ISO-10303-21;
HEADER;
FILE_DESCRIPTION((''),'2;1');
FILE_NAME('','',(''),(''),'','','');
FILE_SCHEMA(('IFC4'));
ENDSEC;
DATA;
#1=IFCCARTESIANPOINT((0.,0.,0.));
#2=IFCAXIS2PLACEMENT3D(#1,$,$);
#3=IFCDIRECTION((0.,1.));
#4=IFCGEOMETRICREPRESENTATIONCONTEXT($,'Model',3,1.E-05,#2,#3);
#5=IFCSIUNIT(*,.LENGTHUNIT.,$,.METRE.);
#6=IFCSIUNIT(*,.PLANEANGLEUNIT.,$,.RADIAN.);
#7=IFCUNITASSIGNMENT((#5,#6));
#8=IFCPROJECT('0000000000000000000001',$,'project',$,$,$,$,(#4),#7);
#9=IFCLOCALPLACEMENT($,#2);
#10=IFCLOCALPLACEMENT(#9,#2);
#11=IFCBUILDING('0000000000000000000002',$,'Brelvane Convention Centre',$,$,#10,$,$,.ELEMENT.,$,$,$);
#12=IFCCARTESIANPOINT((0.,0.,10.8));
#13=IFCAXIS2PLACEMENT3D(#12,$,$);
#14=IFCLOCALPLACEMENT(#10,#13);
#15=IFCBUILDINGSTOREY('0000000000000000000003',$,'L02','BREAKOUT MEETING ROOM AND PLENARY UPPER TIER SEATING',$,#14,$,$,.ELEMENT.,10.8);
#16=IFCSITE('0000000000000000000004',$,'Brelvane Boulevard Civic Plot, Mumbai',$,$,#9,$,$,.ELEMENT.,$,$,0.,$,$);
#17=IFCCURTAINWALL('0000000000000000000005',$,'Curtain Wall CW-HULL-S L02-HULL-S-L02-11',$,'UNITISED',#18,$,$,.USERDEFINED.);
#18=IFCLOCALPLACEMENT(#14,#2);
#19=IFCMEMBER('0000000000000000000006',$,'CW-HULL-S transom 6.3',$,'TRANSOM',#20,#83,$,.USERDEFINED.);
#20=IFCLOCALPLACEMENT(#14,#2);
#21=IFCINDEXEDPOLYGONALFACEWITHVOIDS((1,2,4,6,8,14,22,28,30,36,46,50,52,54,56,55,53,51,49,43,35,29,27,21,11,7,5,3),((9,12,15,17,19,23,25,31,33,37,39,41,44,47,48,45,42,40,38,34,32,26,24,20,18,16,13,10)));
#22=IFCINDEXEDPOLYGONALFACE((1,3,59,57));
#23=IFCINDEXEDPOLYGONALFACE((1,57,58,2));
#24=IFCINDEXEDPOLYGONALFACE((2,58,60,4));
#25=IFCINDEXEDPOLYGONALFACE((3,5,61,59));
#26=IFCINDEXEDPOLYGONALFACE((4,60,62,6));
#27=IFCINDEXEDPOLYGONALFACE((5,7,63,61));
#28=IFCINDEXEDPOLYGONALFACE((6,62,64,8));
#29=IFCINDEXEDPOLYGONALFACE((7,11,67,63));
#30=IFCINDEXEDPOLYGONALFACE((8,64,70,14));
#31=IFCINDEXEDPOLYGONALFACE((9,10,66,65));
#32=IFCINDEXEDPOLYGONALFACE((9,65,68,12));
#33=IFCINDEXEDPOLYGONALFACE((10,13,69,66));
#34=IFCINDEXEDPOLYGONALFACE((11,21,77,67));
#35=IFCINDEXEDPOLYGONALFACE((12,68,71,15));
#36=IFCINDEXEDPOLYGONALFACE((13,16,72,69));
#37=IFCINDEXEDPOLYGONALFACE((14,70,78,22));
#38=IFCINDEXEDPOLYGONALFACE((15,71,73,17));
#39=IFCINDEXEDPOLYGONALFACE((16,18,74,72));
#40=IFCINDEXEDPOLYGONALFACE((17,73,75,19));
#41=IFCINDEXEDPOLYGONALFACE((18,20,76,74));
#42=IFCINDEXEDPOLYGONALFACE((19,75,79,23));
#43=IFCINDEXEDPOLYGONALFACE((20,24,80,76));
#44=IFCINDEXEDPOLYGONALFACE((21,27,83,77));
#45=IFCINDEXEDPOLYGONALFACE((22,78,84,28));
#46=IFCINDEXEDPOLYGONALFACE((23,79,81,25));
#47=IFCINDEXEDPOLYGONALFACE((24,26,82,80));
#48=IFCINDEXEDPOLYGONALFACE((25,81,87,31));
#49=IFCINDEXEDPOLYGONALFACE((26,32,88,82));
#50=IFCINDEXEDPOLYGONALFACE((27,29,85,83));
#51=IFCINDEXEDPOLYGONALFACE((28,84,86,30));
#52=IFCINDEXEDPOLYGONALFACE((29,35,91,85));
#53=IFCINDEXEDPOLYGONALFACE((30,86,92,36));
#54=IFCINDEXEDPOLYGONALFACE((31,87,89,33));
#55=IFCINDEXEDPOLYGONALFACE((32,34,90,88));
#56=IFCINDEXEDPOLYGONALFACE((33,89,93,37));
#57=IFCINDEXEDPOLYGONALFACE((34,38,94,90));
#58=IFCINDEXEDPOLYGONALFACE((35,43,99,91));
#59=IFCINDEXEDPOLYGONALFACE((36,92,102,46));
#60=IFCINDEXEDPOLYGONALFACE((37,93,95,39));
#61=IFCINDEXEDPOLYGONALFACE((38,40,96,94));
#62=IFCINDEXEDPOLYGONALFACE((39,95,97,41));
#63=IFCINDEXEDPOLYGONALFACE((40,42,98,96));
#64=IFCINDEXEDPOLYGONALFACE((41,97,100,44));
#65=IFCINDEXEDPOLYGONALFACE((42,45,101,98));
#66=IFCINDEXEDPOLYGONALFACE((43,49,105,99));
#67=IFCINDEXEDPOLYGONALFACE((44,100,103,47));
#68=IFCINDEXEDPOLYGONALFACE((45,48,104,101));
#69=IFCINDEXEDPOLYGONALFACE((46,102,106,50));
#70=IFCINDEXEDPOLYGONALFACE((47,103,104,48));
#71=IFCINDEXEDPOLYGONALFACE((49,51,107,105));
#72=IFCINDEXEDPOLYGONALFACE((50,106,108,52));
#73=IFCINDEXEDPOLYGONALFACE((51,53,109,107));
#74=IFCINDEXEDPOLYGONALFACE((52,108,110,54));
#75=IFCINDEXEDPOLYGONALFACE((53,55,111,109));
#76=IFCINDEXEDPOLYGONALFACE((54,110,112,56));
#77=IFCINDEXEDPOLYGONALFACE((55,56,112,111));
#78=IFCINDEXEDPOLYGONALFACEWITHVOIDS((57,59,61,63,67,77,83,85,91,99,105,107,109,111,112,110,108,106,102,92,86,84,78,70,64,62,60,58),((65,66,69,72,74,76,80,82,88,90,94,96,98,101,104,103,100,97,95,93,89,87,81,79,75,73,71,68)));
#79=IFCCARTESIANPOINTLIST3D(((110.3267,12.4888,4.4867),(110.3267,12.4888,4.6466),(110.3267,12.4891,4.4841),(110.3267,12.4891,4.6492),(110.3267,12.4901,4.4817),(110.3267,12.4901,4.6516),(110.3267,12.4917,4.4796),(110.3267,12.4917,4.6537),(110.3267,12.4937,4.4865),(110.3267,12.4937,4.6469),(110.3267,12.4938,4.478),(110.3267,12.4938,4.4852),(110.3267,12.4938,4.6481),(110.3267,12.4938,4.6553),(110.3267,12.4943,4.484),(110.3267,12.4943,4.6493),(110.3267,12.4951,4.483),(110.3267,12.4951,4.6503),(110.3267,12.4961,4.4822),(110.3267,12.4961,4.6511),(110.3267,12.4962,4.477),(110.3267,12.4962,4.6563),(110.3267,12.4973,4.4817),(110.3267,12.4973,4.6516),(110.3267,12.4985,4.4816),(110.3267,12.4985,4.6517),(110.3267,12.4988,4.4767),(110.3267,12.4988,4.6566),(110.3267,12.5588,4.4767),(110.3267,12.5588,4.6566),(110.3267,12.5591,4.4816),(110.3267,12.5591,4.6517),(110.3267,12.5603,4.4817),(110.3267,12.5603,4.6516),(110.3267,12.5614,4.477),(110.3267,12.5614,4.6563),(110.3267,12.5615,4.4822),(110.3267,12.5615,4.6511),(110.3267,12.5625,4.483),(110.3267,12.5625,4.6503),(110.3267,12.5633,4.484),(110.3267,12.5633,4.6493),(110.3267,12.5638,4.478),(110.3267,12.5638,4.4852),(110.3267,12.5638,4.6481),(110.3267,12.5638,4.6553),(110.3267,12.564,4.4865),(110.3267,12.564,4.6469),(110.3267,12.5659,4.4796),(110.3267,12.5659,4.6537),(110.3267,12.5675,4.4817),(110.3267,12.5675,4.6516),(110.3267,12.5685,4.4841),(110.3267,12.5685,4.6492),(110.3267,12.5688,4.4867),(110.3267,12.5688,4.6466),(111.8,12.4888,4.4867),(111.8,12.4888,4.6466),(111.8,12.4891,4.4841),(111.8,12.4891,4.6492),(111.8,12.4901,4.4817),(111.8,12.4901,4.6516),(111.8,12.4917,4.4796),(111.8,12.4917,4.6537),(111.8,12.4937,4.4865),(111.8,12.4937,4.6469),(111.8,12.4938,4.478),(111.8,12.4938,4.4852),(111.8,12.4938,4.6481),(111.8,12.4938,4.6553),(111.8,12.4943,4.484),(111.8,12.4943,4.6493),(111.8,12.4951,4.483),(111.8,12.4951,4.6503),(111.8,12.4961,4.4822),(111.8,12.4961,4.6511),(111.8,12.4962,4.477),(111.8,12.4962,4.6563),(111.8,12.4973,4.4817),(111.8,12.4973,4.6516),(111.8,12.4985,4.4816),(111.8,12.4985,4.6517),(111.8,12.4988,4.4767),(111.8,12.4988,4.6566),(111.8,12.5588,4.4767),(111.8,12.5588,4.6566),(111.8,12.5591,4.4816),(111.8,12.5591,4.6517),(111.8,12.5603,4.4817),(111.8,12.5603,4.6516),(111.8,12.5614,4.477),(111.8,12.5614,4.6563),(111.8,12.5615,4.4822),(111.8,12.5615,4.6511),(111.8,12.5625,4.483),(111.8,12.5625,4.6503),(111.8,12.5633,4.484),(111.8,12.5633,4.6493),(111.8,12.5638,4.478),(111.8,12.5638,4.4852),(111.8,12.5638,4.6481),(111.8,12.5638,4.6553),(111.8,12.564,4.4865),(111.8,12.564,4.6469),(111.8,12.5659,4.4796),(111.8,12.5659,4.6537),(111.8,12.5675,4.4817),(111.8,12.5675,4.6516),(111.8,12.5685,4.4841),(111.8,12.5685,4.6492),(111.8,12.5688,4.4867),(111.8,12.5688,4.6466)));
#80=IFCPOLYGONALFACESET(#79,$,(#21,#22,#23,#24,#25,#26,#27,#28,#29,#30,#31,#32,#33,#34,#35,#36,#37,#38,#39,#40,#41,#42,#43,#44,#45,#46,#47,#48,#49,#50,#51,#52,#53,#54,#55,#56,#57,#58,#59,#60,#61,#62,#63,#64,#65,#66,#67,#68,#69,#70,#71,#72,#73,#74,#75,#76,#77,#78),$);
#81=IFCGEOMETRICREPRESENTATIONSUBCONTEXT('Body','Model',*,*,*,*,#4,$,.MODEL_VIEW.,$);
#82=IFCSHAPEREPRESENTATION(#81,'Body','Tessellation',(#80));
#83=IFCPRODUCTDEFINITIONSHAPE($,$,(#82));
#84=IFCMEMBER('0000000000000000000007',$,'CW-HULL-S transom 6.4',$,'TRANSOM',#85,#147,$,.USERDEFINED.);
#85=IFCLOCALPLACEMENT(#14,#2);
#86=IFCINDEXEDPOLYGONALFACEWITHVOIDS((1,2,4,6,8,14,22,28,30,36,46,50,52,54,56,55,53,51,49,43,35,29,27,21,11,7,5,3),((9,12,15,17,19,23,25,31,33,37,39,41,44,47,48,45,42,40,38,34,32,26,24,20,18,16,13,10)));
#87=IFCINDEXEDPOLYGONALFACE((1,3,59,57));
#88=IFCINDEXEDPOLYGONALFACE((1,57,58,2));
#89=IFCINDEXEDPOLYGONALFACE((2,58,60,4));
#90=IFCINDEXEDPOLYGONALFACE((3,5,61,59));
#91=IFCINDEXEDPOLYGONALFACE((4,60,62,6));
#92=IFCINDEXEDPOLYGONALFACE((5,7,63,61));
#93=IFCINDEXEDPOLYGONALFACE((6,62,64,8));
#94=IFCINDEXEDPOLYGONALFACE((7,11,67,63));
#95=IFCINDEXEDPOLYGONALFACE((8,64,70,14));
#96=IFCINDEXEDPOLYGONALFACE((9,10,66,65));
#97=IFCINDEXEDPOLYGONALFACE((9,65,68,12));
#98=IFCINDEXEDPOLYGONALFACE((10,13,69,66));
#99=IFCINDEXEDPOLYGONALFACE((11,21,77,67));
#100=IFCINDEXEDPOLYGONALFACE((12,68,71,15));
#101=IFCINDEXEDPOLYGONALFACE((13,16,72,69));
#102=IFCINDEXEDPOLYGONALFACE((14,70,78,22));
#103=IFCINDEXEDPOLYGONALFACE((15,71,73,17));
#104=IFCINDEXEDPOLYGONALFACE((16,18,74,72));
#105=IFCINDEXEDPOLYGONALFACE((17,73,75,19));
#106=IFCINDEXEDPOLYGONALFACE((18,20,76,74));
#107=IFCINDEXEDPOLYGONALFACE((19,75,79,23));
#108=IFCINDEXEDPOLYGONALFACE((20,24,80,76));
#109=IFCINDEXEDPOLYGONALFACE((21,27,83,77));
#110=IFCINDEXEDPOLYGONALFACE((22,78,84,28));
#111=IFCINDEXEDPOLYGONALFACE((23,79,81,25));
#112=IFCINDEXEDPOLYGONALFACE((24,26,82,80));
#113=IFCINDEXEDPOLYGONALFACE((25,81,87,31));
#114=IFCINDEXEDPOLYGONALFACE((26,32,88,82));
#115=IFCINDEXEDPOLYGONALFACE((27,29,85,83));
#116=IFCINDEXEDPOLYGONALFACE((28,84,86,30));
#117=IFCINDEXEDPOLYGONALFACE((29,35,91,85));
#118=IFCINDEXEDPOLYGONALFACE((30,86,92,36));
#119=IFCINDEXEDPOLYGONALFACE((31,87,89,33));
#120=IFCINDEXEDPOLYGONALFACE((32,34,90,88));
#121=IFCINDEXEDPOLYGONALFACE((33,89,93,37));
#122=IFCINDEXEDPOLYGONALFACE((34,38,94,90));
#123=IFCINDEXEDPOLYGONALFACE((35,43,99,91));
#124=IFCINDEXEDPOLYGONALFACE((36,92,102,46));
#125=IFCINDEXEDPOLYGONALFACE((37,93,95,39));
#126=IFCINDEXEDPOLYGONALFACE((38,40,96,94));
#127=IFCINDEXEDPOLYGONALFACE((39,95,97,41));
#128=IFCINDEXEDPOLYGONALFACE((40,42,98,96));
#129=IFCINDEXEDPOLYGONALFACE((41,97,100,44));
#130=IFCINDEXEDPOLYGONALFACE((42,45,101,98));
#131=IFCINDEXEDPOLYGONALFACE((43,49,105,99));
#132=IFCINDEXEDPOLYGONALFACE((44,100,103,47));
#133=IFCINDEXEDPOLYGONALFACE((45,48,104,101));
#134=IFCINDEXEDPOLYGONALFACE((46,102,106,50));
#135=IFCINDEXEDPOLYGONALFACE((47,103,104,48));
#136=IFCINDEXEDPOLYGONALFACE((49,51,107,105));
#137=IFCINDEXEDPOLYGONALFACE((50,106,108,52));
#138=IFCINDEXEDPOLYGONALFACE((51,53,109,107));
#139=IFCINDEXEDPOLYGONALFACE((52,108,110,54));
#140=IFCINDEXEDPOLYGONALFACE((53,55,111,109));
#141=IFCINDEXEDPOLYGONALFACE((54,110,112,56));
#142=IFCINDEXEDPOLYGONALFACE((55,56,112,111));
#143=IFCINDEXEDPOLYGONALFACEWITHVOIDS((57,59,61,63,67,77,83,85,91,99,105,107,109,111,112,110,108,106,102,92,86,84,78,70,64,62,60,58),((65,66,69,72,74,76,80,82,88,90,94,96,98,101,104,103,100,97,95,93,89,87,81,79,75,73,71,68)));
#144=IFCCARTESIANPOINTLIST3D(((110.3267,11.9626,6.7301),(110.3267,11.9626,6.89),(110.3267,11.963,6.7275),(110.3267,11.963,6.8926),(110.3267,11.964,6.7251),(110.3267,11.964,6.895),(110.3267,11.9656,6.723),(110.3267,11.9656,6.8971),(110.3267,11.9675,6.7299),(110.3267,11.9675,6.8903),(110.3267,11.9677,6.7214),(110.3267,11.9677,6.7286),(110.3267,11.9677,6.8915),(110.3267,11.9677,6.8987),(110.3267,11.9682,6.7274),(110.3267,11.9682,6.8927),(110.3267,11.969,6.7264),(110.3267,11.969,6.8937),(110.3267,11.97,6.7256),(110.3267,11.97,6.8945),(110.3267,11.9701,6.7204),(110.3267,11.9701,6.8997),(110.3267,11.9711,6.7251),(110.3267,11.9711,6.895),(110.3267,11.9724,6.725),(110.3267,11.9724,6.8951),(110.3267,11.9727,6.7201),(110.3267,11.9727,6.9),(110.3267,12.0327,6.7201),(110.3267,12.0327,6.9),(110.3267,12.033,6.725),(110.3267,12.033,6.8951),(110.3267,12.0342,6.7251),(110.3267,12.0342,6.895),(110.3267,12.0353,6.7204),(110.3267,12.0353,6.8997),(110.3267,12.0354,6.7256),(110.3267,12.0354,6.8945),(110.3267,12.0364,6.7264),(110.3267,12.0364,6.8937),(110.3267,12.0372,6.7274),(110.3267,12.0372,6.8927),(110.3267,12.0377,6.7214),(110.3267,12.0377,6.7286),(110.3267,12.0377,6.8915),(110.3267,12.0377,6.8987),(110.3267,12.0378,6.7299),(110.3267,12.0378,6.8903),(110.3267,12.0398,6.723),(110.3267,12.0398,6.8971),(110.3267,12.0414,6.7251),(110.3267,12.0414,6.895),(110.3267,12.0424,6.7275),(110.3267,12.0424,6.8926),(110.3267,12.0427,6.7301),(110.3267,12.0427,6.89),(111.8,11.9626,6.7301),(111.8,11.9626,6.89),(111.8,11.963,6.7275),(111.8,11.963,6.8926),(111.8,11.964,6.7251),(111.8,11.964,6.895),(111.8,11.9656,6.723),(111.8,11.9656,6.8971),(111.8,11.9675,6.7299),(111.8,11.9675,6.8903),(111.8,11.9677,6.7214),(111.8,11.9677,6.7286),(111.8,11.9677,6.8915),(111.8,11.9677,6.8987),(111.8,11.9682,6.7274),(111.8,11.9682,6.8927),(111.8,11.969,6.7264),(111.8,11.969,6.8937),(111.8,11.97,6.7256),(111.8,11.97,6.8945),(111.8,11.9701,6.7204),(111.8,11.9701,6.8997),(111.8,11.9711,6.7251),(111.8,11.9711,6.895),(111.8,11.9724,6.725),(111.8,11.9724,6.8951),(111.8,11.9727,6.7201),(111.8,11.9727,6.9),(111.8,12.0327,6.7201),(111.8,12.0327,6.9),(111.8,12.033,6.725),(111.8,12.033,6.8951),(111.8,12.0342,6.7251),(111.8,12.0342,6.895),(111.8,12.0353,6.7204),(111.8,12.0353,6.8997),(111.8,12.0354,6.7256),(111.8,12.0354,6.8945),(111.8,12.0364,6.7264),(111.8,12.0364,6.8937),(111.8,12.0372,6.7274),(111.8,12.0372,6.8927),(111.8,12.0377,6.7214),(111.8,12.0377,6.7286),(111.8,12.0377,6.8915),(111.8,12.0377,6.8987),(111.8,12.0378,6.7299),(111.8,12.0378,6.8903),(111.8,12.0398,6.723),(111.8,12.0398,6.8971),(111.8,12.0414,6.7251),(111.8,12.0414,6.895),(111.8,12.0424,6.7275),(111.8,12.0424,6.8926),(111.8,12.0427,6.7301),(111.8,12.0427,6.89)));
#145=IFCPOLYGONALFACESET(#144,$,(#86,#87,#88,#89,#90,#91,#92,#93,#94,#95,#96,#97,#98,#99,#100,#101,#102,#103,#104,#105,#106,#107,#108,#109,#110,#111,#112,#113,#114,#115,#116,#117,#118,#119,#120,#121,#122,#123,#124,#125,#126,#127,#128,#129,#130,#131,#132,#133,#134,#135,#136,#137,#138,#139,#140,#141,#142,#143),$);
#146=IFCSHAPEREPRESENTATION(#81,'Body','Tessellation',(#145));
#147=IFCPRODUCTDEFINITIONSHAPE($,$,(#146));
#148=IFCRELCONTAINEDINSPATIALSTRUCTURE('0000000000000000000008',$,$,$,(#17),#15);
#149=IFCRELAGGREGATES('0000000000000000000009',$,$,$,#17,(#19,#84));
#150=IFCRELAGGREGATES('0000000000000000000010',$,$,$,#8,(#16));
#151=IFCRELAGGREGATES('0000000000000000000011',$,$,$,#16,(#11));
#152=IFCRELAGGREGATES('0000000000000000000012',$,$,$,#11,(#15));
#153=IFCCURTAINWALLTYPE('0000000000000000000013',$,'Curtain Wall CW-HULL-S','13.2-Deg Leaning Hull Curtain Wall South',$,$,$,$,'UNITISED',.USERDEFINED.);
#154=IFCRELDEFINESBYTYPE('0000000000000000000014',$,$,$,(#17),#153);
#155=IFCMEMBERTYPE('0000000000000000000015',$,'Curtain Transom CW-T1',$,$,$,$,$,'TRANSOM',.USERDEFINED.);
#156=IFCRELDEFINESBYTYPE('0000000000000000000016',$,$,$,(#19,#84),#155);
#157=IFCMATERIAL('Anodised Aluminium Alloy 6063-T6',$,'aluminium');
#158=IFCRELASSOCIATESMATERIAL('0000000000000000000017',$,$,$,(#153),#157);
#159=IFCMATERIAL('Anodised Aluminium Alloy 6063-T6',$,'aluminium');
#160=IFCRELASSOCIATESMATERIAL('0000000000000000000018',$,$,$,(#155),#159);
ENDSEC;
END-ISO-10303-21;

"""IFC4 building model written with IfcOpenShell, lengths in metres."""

from ifc_helpers import new_model, si_unit, direction, frame, origin, origin_2d, place, context, subcontext, project, spatial, hollow_rectangle, extrude, material, material_profile, profile_set, type_object, element, aggregate, save


model = new_model("IFC4")

# Units and contexts
model_context = context("Model", 3, precision=1e-05, world=origin(), true_north=direction((0.0, 1.0)))
body_context = subcontext(model_context, "Body", "Model", "MODEL_VIEW")
ifc_project = project(units=[si_unit("LENGTHUNIT", "METRE"), si_unit("PLANEANGLEUNIT", "RADIAN")], contexts=[model_context])

# Site, building, storey
site_placement = place(None, origin())
site = spatial("IfcSite", under=ifc_project, at=site_placement, Name="Brelvane Boulevard Civic Plot, Mumbai", CompositionType="ELEMENT", RefElevation=0.0)
building_placement = place(site_placement, origin())
building = spatial("IfcBuilding", under=site, at=building_placement, Name="Brelvane Convention Centre", CompositionType="ELEMENT")
storey_placement = place(building_placement, frame((0.0, 0.0, 10.8)))
storey = spatial("IfcBuildingStorey", under=building, at=storey_placement, Name="L02", Description="BREAKOUT MEETING ROOM AND PLENARY UPPER TIER SEATING", CompositionType="ELEMENT", Elevation=10.8)

# Curtain wall, members
ifc_material_1 = material(Name="Anodised Aluminium Alloy 6063-T6", Category="aluminium")
curtain_wall_type = type_object("IfcCurtainWallType", Name="Curtain Wall CW-HULL-S", Description="13.2-Deg Leaning Hull Curtain Wall South", ElementType="UNITISED", PredefinedType="USERDEFINED", material=ifc_material_1)
curtain_wall_1_placement = place(storey_placement, origin())
curtain_wall_1 = element("IfcCurtainWall", 1, at=curtain_wall_1_placement, inside=storey, type_object=curtain_wall_type, Name="Curtain Wall CW-HULL-S L02-HULL-S-L02-11", ObjectType="UNITISED", PredefinedType="USERDEFINED")
ifc_material_2 = material(Name="Anodised Aluminium Alloy 6063-T6", Category="aluminium")
ifc_material_profile = material_profile(ifc_material_2, hollow_rectangle(XDim=0.0801, YDim=0.1799, WallThickness=0.0049, InnerFilletRadius=0.0049, OuterFilletRadius=0.01, at=origin_2d()), Name="ALU-T 180x80x5.0")
ifc_profile_set = profile_set([ifc_material_profile], Name="Anodised Aluminium Alloy 6063-T6")
member_type = type_object("IfcMemberType", Name="Curtain Transom CW-T1", ElementType="TRANSOM", PredefinedType="USERDEFINED", material=ifc_profile_set)
member_1_placement = place(storey_placement, frame((110.3267, 12.5288, 4.5667), z_axis=(1.0, 0.0, 0.0), x_axis=(0.0, 1.0, 0.0)))
member_1 = element("IfcMember", 2, at=member_1_placement, type_object=member_type, Name="CW-HULL-S transom 6.3", ObjectType="TRANSOM", PredefinedType="USERDEFINED", context=body_context, shape_type="SweptSolid", body=[
    extrude(hollow_rectangle(XDim=0.0801, YDim=0.1799, WallThickness=0.0049, InnerFilletRadius=0.0049, OuterFilletRadius=0.01, at=origin_2d()), origin(), (0.0, 0.0, 1.0), 1.4734),
])
member_2_placement = place(storey_placement, frame((110.3267, 12.0027, 6.8101), z_axis=(1.0, 0.0, 0.0), x_axis=(0.0, 1.0, 0.0)))
member_2 = element("IfcMember", 3, at=member_2_placement, type_object=member_type, Name="CW-HULL-S transom 6.4", ObjectType="TRANSOM", PredefinedType="USERDEFINED", context=body_context, shape_type="SweptSolid", body=[
    extrude(hollow_rectangle(XDim=0.0801, YDim=0.1799, WallThickness=0.0049, InnerFilletRadius=0.0049, OuterFilletRadius=0.01, at=origin_2d()), origin(), (0.0, 0.0, 1.0), 1.4734),
])

aggregate(curtain_wall_1, [member_1, member_2])

save(model, "model.ifc")
